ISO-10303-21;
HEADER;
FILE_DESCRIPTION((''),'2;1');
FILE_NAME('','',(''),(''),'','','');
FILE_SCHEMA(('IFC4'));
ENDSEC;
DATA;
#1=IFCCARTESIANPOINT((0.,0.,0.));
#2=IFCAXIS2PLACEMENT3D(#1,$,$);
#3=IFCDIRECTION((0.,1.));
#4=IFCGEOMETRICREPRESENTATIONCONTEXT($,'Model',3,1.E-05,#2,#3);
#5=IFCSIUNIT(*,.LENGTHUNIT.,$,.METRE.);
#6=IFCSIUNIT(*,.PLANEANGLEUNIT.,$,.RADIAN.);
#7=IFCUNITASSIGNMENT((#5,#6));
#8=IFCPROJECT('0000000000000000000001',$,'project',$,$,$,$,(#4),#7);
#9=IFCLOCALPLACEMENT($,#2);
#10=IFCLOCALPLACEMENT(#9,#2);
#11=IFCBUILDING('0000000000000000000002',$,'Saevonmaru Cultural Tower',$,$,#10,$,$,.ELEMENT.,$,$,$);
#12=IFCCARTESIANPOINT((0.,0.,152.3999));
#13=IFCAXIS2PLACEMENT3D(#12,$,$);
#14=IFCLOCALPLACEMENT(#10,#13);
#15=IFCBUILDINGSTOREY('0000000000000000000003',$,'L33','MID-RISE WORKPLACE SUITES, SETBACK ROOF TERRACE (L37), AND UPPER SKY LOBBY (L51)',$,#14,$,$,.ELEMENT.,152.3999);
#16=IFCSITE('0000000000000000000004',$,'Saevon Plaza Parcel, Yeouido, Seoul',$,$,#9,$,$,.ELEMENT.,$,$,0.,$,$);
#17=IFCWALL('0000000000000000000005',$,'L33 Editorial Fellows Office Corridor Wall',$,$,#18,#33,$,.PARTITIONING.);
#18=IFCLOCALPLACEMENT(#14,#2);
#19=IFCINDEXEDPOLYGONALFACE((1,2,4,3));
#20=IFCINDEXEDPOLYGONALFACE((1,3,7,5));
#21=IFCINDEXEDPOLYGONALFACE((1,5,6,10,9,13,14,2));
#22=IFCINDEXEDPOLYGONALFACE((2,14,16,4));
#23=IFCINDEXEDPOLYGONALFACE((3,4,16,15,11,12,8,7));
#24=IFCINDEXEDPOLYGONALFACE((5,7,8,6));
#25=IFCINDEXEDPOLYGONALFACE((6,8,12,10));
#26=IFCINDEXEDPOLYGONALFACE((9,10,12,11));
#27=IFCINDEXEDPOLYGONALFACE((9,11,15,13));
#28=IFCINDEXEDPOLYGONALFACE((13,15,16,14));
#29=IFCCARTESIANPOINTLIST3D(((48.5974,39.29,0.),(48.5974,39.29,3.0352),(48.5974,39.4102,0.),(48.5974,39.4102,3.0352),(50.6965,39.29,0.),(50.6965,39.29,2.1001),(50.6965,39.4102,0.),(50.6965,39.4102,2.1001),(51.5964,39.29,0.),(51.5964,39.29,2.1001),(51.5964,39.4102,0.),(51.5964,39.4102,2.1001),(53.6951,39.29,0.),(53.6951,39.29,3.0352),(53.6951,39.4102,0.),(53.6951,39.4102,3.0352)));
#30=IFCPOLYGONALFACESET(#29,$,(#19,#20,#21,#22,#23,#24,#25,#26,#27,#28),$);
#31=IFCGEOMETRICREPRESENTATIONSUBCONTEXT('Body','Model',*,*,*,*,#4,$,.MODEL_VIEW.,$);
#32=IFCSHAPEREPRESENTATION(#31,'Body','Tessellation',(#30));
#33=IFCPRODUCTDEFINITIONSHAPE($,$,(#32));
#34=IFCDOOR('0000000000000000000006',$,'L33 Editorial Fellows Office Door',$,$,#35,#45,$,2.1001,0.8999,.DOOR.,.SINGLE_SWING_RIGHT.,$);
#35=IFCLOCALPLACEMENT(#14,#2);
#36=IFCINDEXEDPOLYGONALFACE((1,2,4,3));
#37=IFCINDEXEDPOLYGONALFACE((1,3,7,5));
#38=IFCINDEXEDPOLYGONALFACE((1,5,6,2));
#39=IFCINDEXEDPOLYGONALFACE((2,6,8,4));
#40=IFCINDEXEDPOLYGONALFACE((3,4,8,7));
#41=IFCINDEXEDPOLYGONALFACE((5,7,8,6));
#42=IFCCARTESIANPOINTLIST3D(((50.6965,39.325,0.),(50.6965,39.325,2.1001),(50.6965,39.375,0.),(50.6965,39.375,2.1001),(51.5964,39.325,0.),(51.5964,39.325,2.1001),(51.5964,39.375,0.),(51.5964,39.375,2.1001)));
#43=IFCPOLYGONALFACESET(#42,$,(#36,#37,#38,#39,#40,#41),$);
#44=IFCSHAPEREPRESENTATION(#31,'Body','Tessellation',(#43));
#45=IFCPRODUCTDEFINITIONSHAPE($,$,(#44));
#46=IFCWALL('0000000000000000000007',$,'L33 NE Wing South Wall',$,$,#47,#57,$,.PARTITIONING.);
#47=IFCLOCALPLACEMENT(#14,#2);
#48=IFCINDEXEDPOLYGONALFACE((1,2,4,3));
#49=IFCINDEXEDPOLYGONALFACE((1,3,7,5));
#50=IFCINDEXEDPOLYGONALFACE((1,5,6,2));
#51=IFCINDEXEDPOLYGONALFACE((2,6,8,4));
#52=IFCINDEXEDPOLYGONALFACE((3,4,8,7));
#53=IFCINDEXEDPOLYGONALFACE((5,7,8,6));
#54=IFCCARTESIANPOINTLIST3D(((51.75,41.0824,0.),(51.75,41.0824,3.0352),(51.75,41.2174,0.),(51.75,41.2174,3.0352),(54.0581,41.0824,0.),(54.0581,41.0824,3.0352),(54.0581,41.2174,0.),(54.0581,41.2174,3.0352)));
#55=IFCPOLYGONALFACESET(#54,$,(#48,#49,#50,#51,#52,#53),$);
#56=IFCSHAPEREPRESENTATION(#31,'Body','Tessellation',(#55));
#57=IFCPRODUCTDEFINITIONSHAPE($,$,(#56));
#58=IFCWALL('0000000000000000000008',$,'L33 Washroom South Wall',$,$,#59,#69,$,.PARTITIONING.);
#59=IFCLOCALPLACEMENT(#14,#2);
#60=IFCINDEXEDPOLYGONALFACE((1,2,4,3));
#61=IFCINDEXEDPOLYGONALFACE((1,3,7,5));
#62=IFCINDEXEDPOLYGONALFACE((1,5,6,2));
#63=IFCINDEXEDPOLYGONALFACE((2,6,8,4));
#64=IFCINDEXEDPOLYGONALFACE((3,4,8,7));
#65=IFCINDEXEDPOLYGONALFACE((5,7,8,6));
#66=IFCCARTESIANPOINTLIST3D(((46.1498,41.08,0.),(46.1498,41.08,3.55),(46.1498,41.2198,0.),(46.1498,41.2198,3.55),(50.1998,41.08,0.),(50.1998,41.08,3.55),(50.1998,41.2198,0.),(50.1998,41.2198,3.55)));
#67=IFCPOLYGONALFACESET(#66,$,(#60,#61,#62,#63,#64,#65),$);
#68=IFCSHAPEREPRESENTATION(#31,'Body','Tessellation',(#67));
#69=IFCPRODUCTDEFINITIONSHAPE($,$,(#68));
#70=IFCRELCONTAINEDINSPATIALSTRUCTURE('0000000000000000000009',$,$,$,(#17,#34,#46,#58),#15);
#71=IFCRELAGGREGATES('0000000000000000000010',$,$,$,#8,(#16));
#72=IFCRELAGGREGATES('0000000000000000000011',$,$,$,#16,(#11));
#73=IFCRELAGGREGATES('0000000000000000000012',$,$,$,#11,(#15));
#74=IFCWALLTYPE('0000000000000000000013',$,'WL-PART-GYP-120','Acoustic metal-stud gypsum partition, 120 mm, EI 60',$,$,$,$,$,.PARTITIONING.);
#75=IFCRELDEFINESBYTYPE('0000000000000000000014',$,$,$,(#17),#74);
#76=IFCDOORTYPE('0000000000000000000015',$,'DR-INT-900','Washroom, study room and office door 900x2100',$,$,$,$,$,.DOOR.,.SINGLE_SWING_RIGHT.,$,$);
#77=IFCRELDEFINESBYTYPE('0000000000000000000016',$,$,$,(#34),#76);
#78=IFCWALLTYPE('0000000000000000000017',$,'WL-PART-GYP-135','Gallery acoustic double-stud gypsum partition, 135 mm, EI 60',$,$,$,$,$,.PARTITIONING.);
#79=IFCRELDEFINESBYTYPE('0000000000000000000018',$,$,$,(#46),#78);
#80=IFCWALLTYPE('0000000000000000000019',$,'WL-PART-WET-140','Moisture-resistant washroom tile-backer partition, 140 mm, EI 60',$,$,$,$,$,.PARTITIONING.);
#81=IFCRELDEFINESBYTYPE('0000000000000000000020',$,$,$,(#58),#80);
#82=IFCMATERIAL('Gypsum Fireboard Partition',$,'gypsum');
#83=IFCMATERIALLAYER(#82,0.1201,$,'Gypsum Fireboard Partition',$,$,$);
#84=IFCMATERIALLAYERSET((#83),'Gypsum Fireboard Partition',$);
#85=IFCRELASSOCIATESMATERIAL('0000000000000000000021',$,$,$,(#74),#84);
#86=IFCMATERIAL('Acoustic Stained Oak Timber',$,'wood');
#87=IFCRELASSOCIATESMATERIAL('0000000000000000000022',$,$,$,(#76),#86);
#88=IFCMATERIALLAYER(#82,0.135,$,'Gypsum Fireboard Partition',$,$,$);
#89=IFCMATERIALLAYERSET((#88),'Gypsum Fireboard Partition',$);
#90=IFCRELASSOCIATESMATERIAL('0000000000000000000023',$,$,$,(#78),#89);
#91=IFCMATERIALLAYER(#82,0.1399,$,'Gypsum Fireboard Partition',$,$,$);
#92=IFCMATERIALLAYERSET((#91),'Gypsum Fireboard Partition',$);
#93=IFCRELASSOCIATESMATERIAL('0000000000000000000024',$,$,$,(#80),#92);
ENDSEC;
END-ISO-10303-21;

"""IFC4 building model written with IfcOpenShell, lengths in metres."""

from ifc_helpers import new_model, si_unit, direction, frame, frame_2d, origin, place, context, subcontext, project, spatial, rectangle, extrude, material, layer, layer_set, type_object, element, fill, save


model = new_model("IFC4")

# Units and contexts
model_context = context("Model", 3, precision=1e-05, world=origin(), true_north=direction((0.0, 1.0)))
body_context = subcontext(model_context, "Body", "Model", "MODEL_VIEW")
ifc_project = project(units=[si_unit("LENGTHUNIT", "METRE"), si_unit("PLANEANGLEUNIT", "RADIAN")], contexts=[model_context])

# Site, building, storey
site_placement = place(None, origin())
site = spatial("IfcSite", under=ifc_project, at=site_placement, Name="Saevon Plaza Parcel, Yeouido, Seoul", CompositionType="ELEMENT", RefElevation=0.0)
building_placement = place(site_placement, origin())
building = spatial("IfcBuilding", under=site, at=building_placement, Name="Saevonmaru Cultural Tower", CompositionType="ELEMENT")
storey_placement = place(building_placement, frame((0.0, 0.0, 152.3999)))
storey = spatial("IfcBuildingStorey", under=building, at=storey_placement, Name="L33", Description="MID-RISE WORKPLACE SUITES, SETBACK ROOF TERRACE (L37), AND UPPER SKY LOBBY (L51)", CompositionType="ELEMENT", Elevation=152.3999)

# Shared definitions
ifc_material_1 = material(Name="Gypsum Fireboard Partition", Category="gypsum")

# Wall, opening, door
ifc_layer_1 = layer(ifc_material_1, 0.1201, Name="Gypsum Fireboard Partition")
ifc_layer_set_1 = layer_set([ifc_layer_1], Name="Gypsum Fireboard Partition")
wall_type_1 = type_object("IfcWallType", Name="WL-PART-GYP-120", Description="Acoustic metal-stud gypsum partition, 120 mm, EI 60", PredefinedType="PARTITIONING", material=ifc_layer_set_1)
wall_1_placement = place(storey_placement, frame((48.5974, 39.3501, 0.0), z_axis=(0.0, 0.0, 1.0), x_axis=(1.0, 0.0, 0.0)))
wall_1 = element("IfcWall", 1, at=wall_1_placement, inside=storey, type_object=wall_type_1, Name="L33 Editorial Fellows Office Corridor Wall", PredefinedType="PARTITIONING", context=body_context, shape_type="SweptSolid", body=[
    extrude(rectangle(XDim=5.0977, YDim=0.1201, at=frame_2d((2.5488, 0.0))), origin(), (0.0, 0.0, 1.0), 3.0352),
])
opening_1_placement = place(wall_1_placement, frame((2.0991, 0.0, 0.0)))
opening_1 = element("IfcOpeningElement", 2, at=opening_1_placement, cuts=wall_1, PredefinedType="OPENING", context=body_context, shape_type="SweptSolid", body=[
    extrude(rectangle(XDim=0.8999, YDim=2.1001, at=frame_2d((0.45, 1.05))), frame((0.0, 0.0701, 0.0), z_axis=(0.0, -1.0, 0.0), x_axis=(1.0, 0.0, 0.0)), (0.0, 0.0, 1.0), 0.1401),
])
ifc_material_2 = material(Name="Acoustic Stained Oak Timber", Category="wood")
door_type_1 = type_object("IfcDoorType", Name="DR-INT-900", Description="Washroom, study room and office door 900x2100", OperationType="SINGLE_SWING_RIGHT", PredefinedType="DOOR", material=ifc_material_2)
door_1_placement = place(opening_1_placement, origin())
door_1 = element("IfcDoor", 3, at=door_1_placement, inside=storey, type_object=door_type_1, Name="L33 Editorial Fellows Office Door", OperationType="SINGLE_SWING_RIGHT", OverallHeight=2.1001, OverallWidth=0.8999, PredefinedType="DOOR", context=body_context, shape_type="SweptSolid", body=[
    extrude(rectangle(XDim=0.8999, YDim=2.1001, at=frame_2d((0.45, 1.05))), frame((0.0, 0.0249, 0.0), z_axis=(0.0, -1.0, 0.0), x_axis=(1.0, 0.0, 0.0)), (0.0, 0.0, 1.0), 0.05),
])
fill(opening_1, door_1)

# Walls
ifc_layer_2 = layer(ifc_material_1, 0.135, Name="Gypsum Fireboard Partition")
ifc_layer_set_2 = layer_set([ifc_layer_2], Name="Gypsum Fireboard Partition")
wall_type_2 = type_object("IfcWallType", Name="WL-PART-GYP-135", Description="Gallery acoustic double-stud gypsum partition, 135 mm, EI 60", PredefinedType="PARTITIONING", material=ifc_layer_set_2)
wall_2_placement = place(storey_placement, frame((51.75, 41.1499, 0.0), z_axis=(0.0, 0.0, 1.0), x_axis=(1.0, 0.0, 0.0)))
element("IfcWall", 4, at=wall_2_placement, inside=storey, type_object=wall_type_2, Name="L33 NE Wing South Wall", PredefinedType="PARTITIONING", context=body_context, shape_type="SweptSolid", body=[
    extrude(rectangle(XDim=2.3081, YDim=0.135, at=frame_2d((1.1541, 0.0))), origin(), (0.0, 0.0, 1.0), 3.0352),
])
ifc_layer_3 = layer(ifc_material_1, 0.1399, Name="Gypsum Fireboard Partition")
ifc_layer_set_3 = layer_set([ifc_layer_3], Name="Gypsum Fireboard Partition")
wall_type_3 = type_object("IfcWallType", Name="WL-PART-WET-140", Description="Moisture-resistant washroom tile-backer partition, 140 mm, EI 60", PredefinedType="PARTITIONING", material=ifc_layer_set_3)
wall_3_placement = place(storey_placement, frame((46.1499, 41.1499, 0.0), z_axis=(0.0, 0.0, 1.0), x_axis=(1.0, 0.0, 0.0)))
element("IfcWall", 5, at=wall_3_placement, inside=storey, type_object=wall_type_3, Name="L33 Washroom South Wall", PredefinedType="PARTITIONING", context=body_context, shape_type="SweptSolid", body=[
    extrude(rectangle(XDim=4.05, YDim=0.1399, at=frame_2d((2.0249, 0.0))), origin(), (0.0, 0.0, 1.0), 3.55),
])

save(model, "model.ifc")
